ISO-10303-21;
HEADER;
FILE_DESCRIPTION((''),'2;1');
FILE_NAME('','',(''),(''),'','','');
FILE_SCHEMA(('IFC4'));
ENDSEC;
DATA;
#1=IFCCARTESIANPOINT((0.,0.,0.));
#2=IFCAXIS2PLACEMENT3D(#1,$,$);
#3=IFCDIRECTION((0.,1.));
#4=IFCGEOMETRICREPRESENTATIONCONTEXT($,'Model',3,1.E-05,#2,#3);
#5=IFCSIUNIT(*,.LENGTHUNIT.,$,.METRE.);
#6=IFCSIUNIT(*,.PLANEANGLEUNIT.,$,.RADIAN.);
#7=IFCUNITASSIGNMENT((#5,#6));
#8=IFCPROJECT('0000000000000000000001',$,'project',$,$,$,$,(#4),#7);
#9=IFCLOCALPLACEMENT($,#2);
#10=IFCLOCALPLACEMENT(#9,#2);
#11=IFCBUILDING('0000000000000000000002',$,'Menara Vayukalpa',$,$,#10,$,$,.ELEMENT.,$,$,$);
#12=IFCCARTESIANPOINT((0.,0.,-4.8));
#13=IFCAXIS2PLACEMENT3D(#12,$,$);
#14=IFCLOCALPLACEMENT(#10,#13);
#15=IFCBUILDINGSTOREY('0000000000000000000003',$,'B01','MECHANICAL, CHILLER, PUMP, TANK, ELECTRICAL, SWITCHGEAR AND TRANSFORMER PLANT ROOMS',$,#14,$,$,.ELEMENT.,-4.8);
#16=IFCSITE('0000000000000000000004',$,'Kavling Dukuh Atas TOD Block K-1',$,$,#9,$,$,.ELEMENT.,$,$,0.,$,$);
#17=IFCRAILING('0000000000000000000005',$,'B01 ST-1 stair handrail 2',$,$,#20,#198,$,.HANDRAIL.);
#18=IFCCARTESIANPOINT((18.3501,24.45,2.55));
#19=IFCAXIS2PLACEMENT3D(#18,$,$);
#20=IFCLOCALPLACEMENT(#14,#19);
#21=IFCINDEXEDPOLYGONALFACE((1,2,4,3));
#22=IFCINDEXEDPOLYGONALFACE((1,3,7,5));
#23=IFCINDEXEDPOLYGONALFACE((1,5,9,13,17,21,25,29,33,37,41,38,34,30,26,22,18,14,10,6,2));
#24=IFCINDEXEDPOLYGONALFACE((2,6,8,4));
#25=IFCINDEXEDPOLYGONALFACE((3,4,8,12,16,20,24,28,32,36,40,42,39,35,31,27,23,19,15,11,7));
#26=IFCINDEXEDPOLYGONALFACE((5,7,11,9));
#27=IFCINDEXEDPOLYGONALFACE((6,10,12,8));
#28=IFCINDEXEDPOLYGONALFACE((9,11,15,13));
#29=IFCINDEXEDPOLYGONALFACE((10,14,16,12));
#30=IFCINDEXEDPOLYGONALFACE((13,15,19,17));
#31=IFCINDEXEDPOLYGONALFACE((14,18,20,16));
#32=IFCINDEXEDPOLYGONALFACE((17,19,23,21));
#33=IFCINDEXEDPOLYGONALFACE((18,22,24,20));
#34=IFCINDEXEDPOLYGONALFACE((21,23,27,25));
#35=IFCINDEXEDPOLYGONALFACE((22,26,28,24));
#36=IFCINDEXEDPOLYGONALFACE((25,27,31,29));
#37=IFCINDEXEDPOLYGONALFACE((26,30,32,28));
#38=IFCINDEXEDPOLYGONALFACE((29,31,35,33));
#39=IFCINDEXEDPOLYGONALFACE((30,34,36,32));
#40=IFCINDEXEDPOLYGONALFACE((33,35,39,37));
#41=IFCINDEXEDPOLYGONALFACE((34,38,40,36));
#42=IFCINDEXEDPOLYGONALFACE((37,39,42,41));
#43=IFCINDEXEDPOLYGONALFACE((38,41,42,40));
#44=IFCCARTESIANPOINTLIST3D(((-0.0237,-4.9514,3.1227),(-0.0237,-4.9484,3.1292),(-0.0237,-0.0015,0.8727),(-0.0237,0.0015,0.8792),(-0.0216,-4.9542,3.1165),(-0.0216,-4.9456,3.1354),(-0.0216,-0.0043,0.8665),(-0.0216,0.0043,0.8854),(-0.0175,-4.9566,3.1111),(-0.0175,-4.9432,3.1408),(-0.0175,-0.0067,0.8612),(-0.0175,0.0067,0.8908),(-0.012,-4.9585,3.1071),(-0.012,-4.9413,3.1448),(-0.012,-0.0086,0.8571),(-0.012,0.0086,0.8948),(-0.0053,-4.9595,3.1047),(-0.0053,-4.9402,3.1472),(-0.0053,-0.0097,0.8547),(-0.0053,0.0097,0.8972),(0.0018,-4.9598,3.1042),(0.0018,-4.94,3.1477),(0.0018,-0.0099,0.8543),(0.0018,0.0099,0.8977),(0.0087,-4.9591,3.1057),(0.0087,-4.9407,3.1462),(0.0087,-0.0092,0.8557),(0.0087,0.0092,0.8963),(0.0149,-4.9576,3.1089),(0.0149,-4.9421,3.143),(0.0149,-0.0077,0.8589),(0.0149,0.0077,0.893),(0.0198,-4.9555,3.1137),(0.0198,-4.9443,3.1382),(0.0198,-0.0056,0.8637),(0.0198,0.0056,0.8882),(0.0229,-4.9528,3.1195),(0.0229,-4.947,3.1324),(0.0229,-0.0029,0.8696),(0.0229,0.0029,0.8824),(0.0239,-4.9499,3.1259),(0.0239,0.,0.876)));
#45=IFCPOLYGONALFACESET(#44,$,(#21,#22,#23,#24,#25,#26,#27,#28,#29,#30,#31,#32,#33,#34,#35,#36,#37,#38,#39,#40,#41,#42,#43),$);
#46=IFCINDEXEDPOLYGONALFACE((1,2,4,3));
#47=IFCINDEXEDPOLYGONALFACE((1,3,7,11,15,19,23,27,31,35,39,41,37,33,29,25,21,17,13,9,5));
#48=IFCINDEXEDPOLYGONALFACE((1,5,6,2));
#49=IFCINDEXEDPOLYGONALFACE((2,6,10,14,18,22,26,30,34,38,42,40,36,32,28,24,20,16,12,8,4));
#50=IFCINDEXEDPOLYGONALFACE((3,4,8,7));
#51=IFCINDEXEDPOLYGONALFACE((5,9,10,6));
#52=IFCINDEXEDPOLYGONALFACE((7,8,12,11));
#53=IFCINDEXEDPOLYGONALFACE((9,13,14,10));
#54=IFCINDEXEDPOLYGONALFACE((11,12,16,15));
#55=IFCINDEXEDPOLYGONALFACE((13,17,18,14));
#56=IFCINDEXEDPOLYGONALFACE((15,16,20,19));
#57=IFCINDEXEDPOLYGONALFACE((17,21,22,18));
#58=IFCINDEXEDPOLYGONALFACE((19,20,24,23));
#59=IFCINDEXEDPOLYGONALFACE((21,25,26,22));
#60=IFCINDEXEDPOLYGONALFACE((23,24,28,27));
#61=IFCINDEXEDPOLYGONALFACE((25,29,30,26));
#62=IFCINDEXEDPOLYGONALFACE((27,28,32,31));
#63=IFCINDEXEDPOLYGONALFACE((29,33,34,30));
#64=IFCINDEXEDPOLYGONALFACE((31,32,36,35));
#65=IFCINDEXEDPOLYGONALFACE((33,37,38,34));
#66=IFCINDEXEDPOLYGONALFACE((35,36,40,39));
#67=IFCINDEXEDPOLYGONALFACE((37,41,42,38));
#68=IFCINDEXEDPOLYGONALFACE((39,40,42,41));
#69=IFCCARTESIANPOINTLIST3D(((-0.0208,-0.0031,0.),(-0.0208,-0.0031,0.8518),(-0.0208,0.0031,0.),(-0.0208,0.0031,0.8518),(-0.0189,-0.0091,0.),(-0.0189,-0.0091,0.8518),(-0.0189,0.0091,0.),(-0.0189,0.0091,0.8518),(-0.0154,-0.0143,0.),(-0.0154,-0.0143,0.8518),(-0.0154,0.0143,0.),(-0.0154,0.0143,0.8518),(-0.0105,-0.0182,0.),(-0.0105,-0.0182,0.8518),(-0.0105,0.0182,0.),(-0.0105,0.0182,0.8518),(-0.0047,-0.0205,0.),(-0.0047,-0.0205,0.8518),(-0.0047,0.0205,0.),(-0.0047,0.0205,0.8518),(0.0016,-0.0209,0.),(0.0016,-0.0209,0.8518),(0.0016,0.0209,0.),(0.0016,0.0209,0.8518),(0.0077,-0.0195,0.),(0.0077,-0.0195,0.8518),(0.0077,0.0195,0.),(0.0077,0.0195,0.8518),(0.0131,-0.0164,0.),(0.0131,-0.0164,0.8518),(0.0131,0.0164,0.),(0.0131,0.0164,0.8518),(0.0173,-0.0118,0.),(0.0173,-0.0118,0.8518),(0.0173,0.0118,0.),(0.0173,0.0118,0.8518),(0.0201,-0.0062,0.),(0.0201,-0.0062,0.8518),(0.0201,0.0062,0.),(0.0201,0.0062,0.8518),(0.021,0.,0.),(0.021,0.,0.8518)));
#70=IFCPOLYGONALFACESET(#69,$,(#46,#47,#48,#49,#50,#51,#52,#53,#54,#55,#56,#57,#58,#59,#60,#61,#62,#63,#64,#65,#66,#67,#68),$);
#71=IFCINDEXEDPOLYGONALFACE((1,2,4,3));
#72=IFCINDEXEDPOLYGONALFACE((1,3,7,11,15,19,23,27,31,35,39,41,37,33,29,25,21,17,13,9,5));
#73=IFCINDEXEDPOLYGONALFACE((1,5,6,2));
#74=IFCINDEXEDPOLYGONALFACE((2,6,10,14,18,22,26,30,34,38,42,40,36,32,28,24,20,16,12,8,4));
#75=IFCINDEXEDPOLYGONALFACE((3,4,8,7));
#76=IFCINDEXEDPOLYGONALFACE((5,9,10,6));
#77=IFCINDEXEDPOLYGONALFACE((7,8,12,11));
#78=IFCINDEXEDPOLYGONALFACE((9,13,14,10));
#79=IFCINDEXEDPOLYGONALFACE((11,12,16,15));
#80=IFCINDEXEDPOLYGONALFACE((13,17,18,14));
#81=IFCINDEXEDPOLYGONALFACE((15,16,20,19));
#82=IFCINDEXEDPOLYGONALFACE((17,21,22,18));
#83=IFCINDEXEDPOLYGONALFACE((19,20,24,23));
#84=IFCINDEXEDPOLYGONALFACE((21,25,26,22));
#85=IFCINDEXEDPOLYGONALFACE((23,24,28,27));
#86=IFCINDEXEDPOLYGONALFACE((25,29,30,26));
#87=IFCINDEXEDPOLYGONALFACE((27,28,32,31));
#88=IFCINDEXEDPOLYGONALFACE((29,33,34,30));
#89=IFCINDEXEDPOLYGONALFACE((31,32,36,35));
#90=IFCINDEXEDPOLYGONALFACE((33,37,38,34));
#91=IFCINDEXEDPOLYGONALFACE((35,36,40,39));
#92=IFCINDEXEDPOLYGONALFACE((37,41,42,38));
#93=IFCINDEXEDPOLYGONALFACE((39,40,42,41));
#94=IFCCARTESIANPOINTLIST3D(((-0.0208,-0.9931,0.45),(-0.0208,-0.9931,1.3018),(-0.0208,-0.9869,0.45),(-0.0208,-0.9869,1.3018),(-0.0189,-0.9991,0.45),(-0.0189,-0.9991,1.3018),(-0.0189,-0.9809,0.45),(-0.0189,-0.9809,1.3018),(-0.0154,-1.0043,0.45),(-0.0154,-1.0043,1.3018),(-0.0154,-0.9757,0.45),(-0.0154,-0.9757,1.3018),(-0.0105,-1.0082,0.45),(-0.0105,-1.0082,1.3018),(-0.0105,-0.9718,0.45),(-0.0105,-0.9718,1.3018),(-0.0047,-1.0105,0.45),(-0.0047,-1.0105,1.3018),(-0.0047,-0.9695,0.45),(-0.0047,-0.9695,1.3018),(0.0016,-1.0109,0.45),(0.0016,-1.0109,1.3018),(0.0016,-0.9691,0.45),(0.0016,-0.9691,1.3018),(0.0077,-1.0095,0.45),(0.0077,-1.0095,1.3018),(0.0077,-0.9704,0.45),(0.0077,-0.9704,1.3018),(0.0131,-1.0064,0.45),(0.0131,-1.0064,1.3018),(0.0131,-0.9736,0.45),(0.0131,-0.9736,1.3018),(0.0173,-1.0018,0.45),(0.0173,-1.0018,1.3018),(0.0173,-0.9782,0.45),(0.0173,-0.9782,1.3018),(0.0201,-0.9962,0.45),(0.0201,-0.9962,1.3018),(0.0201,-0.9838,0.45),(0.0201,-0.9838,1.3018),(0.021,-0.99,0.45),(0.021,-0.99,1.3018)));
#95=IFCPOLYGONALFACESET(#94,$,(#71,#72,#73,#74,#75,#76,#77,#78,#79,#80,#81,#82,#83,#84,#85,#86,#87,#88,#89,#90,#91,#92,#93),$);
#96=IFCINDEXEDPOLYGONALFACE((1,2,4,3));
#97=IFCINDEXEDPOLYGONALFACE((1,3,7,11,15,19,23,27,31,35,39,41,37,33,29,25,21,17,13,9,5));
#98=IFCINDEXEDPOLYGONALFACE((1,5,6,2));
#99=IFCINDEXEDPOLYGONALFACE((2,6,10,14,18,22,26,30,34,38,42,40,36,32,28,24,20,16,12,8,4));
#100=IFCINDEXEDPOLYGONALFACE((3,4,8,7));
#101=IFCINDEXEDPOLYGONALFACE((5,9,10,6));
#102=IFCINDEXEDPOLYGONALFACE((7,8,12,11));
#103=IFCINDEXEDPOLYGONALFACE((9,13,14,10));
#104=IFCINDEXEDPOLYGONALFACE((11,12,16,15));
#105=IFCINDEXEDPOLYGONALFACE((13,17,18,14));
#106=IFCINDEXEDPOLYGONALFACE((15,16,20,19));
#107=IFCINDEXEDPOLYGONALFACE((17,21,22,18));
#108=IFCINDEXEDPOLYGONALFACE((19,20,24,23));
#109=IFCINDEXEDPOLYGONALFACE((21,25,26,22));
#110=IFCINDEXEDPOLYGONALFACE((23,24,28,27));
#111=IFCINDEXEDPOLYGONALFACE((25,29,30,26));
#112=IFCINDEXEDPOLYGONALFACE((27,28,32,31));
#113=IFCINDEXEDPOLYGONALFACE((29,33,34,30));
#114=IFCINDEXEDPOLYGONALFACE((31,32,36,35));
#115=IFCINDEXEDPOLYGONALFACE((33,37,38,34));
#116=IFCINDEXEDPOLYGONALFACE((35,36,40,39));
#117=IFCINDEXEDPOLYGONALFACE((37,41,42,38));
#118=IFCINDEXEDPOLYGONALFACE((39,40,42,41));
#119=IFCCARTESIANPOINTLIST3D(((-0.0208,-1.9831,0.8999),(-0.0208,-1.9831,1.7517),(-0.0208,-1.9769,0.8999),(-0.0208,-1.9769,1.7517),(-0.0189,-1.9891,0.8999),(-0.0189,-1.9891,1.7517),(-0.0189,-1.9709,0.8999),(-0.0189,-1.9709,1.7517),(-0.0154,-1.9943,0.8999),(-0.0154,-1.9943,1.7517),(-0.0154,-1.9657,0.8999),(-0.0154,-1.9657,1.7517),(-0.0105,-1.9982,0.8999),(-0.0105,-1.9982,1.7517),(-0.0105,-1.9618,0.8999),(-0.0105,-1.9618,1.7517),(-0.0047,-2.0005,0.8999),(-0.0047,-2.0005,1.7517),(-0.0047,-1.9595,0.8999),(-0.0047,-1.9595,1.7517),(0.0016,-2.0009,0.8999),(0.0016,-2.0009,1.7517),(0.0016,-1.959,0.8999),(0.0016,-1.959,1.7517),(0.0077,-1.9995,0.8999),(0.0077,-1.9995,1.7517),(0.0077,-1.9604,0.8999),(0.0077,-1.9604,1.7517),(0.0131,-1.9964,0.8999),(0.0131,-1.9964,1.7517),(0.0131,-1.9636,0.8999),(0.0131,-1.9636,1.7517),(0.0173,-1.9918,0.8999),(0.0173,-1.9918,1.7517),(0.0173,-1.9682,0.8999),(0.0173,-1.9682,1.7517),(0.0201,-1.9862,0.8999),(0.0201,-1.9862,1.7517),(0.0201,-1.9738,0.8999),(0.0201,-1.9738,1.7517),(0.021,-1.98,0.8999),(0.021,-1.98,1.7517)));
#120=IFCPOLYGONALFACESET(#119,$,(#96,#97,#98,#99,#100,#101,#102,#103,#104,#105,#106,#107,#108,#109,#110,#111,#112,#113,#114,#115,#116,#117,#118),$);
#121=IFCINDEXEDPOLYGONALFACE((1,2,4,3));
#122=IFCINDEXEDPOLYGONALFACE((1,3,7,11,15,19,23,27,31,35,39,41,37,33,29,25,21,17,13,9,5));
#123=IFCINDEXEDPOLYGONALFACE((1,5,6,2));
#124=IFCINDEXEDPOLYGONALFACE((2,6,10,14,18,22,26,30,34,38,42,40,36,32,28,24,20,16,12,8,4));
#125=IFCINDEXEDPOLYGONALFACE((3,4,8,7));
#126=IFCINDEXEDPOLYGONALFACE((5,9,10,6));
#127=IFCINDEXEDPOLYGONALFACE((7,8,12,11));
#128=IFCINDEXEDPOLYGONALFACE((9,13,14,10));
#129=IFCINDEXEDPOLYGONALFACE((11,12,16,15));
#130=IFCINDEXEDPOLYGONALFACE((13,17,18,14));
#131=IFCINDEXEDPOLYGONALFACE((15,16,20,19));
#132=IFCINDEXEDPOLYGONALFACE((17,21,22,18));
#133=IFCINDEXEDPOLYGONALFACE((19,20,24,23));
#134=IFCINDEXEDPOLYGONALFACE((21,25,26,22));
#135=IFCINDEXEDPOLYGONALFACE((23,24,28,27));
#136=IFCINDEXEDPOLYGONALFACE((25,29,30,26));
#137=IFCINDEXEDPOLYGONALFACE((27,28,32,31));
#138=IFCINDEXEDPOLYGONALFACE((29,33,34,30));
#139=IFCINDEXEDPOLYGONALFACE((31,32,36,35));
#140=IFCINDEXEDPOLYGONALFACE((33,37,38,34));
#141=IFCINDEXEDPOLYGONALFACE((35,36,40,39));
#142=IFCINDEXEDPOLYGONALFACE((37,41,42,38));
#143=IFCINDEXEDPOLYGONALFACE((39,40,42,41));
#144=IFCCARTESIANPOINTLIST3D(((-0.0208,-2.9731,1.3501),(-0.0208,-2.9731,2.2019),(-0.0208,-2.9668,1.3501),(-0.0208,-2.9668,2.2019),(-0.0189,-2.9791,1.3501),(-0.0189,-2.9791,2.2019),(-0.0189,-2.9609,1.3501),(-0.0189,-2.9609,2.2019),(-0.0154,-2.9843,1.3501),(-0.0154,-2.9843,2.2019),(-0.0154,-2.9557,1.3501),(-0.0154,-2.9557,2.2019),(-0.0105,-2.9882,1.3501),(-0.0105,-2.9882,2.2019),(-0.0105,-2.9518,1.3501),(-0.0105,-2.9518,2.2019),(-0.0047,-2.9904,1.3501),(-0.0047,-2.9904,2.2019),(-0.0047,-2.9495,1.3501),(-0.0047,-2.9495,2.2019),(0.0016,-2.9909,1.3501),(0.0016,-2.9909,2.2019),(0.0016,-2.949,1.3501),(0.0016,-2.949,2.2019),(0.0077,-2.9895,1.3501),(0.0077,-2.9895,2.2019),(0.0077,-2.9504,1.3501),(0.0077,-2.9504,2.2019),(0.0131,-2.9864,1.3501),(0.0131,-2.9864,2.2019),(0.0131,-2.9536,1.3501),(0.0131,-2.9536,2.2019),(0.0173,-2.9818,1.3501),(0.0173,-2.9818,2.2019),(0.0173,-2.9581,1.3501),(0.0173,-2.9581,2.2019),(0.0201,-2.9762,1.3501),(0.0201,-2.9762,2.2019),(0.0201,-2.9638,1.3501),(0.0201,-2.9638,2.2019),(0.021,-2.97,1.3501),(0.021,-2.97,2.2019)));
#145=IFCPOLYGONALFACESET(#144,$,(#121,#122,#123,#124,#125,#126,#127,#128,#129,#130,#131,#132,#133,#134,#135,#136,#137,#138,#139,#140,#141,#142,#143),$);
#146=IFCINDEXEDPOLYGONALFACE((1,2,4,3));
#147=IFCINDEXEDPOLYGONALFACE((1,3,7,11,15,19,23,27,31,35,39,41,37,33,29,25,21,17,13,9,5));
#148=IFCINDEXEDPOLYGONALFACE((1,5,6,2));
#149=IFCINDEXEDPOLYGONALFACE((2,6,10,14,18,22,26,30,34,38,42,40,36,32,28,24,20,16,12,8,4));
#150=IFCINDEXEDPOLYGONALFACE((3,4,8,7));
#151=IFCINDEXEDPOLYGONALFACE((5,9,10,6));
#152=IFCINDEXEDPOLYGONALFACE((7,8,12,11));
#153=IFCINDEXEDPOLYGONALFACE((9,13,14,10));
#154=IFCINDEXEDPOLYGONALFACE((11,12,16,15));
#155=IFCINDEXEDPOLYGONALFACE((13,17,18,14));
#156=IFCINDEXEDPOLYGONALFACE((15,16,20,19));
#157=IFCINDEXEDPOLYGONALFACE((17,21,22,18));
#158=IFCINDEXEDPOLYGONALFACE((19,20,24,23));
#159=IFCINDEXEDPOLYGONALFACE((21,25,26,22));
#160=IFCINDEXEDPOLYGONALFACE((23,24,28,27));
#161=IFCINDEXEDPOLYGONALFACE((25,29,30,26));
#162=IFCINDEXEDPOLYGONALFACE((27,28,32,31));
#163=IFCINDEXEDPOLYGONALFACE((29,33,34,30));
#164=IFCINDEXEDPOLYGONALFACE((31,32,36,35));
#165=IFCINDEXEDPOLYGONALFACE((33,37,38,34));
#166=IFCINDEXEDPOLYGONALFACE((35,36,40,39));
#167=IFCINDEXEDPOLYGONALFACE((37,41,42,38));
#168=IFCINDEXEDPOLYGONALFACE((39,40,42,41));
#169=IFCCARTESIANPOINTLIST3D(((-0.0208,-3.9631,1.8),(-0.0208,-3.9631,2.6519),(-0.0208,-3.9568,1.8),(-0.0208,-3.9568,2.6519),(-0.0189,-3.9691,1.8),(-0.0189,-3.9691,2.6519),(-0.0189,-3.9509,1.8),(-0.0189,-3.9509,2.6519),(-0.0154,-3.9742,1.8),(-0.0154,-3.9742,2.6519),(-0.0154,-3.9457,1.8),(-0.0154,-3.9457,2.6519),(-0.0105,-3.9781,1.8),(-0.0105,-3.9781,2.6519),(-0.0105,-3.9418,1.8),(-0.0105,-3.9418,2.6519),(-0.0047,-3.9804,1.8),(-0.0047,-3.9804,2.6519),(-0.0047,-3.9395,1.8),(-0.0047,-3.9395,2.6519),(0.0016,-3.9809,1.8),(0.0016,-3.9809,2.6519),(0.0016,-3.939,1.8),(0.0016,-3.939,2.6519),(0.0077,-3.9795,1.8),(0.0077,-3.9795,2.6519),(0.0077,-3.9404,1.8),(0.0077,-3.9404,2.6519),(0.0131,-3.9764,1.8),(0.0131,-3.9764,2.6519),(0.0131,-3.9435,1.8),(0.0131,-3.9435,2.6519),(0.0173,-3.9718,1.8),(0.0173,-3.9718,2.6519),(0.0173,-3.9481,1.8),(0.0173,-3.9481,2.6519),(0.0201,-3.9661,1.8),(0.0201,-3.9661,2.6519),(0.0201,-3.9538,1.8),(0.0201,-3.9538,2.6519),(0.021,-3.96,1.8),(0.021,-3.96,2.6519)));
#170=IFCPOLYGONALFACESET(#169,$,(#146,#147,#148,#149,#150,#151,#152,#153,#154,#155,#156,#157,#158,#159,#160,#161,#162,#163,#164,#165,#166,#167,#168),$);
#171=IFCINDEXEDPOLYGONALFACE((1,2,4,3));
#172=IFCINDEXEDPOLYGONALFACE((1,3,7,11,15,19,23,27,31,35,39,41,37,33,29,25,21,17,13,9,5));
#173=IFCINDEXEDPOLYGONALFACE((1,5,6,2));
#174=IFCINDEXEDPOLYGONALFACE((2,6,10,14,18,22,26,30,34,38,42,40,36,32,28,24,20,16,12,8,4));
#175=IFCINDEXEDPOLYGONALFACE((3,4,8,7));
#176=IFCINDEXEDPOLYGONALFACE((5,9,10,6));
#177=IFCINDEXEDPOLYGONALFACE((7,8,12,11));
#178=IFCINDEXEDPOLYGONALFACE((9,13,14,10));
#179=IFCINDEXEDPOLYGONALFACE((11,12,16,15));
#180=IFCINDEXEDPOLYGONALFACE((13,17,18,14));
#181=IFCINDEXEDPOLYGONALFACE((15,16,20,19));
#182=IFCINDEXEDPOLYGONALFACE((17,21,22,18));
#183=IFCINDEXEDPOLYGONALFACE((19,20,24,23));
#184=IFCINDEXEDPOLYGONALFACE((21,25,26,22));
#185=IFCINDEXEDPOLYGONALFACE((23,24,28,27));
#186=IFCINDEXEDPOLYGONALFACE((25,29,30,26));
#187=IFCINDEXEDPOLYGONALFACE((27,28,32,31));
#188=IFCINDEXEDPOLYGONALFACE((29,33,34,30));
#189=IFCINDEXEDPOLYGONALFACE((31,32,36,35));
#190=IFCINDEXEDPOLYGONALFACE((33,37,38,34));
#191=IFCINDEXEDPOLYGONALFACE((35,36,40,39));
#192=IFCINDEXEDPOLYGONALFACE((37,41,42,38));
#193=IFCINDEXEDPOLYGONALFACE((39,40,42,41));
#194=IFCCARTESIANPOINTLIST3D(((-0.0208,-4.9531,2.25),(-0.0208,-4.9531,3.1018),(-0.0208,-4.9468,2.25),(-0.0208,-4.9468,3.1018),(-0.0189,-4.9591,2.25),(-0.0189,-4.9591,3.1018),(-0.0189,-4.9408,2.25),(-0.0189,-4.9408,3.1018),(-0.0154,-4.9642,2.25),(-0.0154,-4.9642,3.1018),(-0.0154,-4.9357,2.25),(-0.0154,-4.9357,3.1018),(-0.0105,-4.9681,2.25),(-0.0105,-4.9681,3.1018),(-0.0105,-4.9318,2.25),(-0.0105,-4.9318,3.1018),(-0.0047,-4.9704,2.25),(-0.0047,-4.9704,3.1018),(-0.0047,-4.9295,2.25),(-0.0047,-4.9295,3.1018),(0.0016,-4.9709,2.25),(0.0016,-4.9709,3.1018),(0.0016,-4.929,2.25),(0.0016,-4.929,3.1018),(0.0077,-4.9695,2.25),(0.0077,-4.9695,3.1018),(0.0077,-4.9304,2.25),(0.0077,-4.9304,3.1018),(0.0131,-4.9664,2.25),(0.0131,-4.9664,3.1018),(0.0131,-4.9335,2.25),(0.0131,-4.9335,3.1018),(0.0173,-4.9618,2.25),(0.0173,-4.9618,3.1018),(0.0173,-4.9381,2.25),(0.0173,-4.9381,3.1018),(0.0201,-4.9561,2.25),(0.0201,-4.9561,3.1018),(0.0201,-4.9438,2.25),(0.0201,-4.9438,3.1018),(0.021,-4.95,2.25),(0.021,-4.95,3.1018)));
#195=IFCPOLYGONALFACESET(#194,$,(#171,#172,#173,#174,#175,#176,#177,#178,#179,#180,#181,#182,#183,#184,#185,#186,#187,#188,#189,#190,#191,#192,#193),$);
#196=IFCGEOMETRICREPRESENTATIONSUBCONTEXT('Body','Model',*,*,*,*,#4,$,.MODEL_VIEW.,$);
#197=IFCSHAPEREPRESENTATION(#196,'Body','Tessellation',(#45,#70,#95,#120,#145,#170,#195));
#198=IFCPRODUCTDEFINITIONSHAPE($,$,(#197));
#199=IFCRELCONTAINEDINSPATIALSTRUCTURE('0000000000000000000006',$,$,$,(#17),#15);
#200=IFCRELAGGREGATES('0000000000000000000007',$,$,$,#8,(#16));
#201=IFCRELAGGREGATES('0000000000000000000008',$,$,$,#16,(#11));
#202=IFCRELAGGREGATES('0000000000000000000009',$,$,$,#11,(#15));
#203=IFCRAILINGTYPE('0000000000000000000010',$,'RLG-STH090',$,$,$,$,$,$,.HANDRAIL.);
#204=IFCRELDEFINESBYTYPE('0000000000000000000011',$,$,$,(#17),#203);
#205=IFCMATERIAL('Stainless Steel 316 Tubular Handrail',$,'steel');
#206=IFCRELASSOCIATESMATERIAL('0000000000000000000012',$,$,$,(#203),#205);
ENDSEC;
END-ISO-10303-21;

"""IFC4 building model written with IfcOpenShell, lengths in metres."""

from ifc_helpers import new_model, si_unit, direction, frame, origin, origin_2d, place, context, subcontext, project, spatial, circle, extrude, material, type_object, element, save


model = new_model("IFC4")

# Units and contexts
model_context = context("Model", 3, precision=1e-05, world=origin(), true_north=direction((0.0, 1.0)))
body_context = subcontext(model_context, "Body", "Model", "MODEL_VIEW")
ifc_project = project(units=[si_unit("LENGTHUNIT", "METRE"), si_unit("PLANEANGLEUNIT", "RADIAN")], contexts=[model_context])

# Site, building, storey
site_placement = place(None, origin())
site = spatial("IfcSite", under=ifc_project, at=site_placement, Name="Kavling Dukuh Atas TOD Block K-1", CompositionType="ELEMENT", RefElevation=0.0)
building_placement = place(site_placement, origin())
building = spatial("IfcBuilding", under=site, at=building_placement, Name="Menara Vayukalpa", CompositionType="ELEMENT")
storey_placement = place(building_placement, frame((0.0, 0.0, -4.8)))
storey = spatial("IfcBuildingStorey", under=building, at=storey_placement, Name="B01", Description="MECHANICAL, CHILLER, PUMP, TANK, ELECTRICAL, SWITCHGEAR AND TRANSFORMER PLANT ROOMS", CompositionType="ELEMENT", Elevation=-4.8)

# Railing
ifc_material_1 = material(Name="Stainless Steel 316 Tubular Handrail", Category="steel")
railing_type_1 = type_object("IfcRailingType", Name="RLG-STH090", PredefinedType="HANDRAIL", material=ifc_material_1)
railing_1_placement = place(storey_placement, frame((18.3501, 24.45, 2.55)))
element("IfcRailing", 1, at=railing_1_placement, inside=storey, type_object=railing_type_1, Name="B01 ST-1 stair handrail 2", PredefinedType="HANDRAIL", context=body_context, shape_type="SweptSolid", body=[
    extrude(circle(Radius=0.0239, at=origin_2d()), frame((0.0, 0.0, 0.876), z_axis=(0.0, -0.910365, 0.413806), x_axis=(1.0, 0.0, 0.0)), (0.0, 0.0, 1.0), 5.4373),
    extrude(circle(Radius=0.021, at=origin_2d()), origin(), (0.0, 0.0, 1.0), 0.8518),
    extrude(circle(Radius=0.021, at=origin_2d()), frame((0.0, -0.99, 0.45)), (0.0, 0.0, 1.0), 0.8518),
    extrude(circle(Radius=0.021, at=origin_2d()), frame((0.0, -1.98, 0.8999)), (0.0, 0.0, 1.0), 0.8518),
    extrude(circle(Radius=0.021, at=origin_2d()), frame((0.0, -2.97, 1.3501)), (0.0, 0.0, 1.0), 0.8518),
    extrude(circle(Radius=0.021, at=origin_2d()), frame((0.0, -3.96, 1.8)), (0.0, 0.0, 1.0), 0.8518),
    extrude(circle(Radius=0.021, at=origin_2d()), frame((0.0, -4.95, 2.25)), (0.0, 0.0, 1.0), 0.8518),
])

save(model, "model.ifc")
